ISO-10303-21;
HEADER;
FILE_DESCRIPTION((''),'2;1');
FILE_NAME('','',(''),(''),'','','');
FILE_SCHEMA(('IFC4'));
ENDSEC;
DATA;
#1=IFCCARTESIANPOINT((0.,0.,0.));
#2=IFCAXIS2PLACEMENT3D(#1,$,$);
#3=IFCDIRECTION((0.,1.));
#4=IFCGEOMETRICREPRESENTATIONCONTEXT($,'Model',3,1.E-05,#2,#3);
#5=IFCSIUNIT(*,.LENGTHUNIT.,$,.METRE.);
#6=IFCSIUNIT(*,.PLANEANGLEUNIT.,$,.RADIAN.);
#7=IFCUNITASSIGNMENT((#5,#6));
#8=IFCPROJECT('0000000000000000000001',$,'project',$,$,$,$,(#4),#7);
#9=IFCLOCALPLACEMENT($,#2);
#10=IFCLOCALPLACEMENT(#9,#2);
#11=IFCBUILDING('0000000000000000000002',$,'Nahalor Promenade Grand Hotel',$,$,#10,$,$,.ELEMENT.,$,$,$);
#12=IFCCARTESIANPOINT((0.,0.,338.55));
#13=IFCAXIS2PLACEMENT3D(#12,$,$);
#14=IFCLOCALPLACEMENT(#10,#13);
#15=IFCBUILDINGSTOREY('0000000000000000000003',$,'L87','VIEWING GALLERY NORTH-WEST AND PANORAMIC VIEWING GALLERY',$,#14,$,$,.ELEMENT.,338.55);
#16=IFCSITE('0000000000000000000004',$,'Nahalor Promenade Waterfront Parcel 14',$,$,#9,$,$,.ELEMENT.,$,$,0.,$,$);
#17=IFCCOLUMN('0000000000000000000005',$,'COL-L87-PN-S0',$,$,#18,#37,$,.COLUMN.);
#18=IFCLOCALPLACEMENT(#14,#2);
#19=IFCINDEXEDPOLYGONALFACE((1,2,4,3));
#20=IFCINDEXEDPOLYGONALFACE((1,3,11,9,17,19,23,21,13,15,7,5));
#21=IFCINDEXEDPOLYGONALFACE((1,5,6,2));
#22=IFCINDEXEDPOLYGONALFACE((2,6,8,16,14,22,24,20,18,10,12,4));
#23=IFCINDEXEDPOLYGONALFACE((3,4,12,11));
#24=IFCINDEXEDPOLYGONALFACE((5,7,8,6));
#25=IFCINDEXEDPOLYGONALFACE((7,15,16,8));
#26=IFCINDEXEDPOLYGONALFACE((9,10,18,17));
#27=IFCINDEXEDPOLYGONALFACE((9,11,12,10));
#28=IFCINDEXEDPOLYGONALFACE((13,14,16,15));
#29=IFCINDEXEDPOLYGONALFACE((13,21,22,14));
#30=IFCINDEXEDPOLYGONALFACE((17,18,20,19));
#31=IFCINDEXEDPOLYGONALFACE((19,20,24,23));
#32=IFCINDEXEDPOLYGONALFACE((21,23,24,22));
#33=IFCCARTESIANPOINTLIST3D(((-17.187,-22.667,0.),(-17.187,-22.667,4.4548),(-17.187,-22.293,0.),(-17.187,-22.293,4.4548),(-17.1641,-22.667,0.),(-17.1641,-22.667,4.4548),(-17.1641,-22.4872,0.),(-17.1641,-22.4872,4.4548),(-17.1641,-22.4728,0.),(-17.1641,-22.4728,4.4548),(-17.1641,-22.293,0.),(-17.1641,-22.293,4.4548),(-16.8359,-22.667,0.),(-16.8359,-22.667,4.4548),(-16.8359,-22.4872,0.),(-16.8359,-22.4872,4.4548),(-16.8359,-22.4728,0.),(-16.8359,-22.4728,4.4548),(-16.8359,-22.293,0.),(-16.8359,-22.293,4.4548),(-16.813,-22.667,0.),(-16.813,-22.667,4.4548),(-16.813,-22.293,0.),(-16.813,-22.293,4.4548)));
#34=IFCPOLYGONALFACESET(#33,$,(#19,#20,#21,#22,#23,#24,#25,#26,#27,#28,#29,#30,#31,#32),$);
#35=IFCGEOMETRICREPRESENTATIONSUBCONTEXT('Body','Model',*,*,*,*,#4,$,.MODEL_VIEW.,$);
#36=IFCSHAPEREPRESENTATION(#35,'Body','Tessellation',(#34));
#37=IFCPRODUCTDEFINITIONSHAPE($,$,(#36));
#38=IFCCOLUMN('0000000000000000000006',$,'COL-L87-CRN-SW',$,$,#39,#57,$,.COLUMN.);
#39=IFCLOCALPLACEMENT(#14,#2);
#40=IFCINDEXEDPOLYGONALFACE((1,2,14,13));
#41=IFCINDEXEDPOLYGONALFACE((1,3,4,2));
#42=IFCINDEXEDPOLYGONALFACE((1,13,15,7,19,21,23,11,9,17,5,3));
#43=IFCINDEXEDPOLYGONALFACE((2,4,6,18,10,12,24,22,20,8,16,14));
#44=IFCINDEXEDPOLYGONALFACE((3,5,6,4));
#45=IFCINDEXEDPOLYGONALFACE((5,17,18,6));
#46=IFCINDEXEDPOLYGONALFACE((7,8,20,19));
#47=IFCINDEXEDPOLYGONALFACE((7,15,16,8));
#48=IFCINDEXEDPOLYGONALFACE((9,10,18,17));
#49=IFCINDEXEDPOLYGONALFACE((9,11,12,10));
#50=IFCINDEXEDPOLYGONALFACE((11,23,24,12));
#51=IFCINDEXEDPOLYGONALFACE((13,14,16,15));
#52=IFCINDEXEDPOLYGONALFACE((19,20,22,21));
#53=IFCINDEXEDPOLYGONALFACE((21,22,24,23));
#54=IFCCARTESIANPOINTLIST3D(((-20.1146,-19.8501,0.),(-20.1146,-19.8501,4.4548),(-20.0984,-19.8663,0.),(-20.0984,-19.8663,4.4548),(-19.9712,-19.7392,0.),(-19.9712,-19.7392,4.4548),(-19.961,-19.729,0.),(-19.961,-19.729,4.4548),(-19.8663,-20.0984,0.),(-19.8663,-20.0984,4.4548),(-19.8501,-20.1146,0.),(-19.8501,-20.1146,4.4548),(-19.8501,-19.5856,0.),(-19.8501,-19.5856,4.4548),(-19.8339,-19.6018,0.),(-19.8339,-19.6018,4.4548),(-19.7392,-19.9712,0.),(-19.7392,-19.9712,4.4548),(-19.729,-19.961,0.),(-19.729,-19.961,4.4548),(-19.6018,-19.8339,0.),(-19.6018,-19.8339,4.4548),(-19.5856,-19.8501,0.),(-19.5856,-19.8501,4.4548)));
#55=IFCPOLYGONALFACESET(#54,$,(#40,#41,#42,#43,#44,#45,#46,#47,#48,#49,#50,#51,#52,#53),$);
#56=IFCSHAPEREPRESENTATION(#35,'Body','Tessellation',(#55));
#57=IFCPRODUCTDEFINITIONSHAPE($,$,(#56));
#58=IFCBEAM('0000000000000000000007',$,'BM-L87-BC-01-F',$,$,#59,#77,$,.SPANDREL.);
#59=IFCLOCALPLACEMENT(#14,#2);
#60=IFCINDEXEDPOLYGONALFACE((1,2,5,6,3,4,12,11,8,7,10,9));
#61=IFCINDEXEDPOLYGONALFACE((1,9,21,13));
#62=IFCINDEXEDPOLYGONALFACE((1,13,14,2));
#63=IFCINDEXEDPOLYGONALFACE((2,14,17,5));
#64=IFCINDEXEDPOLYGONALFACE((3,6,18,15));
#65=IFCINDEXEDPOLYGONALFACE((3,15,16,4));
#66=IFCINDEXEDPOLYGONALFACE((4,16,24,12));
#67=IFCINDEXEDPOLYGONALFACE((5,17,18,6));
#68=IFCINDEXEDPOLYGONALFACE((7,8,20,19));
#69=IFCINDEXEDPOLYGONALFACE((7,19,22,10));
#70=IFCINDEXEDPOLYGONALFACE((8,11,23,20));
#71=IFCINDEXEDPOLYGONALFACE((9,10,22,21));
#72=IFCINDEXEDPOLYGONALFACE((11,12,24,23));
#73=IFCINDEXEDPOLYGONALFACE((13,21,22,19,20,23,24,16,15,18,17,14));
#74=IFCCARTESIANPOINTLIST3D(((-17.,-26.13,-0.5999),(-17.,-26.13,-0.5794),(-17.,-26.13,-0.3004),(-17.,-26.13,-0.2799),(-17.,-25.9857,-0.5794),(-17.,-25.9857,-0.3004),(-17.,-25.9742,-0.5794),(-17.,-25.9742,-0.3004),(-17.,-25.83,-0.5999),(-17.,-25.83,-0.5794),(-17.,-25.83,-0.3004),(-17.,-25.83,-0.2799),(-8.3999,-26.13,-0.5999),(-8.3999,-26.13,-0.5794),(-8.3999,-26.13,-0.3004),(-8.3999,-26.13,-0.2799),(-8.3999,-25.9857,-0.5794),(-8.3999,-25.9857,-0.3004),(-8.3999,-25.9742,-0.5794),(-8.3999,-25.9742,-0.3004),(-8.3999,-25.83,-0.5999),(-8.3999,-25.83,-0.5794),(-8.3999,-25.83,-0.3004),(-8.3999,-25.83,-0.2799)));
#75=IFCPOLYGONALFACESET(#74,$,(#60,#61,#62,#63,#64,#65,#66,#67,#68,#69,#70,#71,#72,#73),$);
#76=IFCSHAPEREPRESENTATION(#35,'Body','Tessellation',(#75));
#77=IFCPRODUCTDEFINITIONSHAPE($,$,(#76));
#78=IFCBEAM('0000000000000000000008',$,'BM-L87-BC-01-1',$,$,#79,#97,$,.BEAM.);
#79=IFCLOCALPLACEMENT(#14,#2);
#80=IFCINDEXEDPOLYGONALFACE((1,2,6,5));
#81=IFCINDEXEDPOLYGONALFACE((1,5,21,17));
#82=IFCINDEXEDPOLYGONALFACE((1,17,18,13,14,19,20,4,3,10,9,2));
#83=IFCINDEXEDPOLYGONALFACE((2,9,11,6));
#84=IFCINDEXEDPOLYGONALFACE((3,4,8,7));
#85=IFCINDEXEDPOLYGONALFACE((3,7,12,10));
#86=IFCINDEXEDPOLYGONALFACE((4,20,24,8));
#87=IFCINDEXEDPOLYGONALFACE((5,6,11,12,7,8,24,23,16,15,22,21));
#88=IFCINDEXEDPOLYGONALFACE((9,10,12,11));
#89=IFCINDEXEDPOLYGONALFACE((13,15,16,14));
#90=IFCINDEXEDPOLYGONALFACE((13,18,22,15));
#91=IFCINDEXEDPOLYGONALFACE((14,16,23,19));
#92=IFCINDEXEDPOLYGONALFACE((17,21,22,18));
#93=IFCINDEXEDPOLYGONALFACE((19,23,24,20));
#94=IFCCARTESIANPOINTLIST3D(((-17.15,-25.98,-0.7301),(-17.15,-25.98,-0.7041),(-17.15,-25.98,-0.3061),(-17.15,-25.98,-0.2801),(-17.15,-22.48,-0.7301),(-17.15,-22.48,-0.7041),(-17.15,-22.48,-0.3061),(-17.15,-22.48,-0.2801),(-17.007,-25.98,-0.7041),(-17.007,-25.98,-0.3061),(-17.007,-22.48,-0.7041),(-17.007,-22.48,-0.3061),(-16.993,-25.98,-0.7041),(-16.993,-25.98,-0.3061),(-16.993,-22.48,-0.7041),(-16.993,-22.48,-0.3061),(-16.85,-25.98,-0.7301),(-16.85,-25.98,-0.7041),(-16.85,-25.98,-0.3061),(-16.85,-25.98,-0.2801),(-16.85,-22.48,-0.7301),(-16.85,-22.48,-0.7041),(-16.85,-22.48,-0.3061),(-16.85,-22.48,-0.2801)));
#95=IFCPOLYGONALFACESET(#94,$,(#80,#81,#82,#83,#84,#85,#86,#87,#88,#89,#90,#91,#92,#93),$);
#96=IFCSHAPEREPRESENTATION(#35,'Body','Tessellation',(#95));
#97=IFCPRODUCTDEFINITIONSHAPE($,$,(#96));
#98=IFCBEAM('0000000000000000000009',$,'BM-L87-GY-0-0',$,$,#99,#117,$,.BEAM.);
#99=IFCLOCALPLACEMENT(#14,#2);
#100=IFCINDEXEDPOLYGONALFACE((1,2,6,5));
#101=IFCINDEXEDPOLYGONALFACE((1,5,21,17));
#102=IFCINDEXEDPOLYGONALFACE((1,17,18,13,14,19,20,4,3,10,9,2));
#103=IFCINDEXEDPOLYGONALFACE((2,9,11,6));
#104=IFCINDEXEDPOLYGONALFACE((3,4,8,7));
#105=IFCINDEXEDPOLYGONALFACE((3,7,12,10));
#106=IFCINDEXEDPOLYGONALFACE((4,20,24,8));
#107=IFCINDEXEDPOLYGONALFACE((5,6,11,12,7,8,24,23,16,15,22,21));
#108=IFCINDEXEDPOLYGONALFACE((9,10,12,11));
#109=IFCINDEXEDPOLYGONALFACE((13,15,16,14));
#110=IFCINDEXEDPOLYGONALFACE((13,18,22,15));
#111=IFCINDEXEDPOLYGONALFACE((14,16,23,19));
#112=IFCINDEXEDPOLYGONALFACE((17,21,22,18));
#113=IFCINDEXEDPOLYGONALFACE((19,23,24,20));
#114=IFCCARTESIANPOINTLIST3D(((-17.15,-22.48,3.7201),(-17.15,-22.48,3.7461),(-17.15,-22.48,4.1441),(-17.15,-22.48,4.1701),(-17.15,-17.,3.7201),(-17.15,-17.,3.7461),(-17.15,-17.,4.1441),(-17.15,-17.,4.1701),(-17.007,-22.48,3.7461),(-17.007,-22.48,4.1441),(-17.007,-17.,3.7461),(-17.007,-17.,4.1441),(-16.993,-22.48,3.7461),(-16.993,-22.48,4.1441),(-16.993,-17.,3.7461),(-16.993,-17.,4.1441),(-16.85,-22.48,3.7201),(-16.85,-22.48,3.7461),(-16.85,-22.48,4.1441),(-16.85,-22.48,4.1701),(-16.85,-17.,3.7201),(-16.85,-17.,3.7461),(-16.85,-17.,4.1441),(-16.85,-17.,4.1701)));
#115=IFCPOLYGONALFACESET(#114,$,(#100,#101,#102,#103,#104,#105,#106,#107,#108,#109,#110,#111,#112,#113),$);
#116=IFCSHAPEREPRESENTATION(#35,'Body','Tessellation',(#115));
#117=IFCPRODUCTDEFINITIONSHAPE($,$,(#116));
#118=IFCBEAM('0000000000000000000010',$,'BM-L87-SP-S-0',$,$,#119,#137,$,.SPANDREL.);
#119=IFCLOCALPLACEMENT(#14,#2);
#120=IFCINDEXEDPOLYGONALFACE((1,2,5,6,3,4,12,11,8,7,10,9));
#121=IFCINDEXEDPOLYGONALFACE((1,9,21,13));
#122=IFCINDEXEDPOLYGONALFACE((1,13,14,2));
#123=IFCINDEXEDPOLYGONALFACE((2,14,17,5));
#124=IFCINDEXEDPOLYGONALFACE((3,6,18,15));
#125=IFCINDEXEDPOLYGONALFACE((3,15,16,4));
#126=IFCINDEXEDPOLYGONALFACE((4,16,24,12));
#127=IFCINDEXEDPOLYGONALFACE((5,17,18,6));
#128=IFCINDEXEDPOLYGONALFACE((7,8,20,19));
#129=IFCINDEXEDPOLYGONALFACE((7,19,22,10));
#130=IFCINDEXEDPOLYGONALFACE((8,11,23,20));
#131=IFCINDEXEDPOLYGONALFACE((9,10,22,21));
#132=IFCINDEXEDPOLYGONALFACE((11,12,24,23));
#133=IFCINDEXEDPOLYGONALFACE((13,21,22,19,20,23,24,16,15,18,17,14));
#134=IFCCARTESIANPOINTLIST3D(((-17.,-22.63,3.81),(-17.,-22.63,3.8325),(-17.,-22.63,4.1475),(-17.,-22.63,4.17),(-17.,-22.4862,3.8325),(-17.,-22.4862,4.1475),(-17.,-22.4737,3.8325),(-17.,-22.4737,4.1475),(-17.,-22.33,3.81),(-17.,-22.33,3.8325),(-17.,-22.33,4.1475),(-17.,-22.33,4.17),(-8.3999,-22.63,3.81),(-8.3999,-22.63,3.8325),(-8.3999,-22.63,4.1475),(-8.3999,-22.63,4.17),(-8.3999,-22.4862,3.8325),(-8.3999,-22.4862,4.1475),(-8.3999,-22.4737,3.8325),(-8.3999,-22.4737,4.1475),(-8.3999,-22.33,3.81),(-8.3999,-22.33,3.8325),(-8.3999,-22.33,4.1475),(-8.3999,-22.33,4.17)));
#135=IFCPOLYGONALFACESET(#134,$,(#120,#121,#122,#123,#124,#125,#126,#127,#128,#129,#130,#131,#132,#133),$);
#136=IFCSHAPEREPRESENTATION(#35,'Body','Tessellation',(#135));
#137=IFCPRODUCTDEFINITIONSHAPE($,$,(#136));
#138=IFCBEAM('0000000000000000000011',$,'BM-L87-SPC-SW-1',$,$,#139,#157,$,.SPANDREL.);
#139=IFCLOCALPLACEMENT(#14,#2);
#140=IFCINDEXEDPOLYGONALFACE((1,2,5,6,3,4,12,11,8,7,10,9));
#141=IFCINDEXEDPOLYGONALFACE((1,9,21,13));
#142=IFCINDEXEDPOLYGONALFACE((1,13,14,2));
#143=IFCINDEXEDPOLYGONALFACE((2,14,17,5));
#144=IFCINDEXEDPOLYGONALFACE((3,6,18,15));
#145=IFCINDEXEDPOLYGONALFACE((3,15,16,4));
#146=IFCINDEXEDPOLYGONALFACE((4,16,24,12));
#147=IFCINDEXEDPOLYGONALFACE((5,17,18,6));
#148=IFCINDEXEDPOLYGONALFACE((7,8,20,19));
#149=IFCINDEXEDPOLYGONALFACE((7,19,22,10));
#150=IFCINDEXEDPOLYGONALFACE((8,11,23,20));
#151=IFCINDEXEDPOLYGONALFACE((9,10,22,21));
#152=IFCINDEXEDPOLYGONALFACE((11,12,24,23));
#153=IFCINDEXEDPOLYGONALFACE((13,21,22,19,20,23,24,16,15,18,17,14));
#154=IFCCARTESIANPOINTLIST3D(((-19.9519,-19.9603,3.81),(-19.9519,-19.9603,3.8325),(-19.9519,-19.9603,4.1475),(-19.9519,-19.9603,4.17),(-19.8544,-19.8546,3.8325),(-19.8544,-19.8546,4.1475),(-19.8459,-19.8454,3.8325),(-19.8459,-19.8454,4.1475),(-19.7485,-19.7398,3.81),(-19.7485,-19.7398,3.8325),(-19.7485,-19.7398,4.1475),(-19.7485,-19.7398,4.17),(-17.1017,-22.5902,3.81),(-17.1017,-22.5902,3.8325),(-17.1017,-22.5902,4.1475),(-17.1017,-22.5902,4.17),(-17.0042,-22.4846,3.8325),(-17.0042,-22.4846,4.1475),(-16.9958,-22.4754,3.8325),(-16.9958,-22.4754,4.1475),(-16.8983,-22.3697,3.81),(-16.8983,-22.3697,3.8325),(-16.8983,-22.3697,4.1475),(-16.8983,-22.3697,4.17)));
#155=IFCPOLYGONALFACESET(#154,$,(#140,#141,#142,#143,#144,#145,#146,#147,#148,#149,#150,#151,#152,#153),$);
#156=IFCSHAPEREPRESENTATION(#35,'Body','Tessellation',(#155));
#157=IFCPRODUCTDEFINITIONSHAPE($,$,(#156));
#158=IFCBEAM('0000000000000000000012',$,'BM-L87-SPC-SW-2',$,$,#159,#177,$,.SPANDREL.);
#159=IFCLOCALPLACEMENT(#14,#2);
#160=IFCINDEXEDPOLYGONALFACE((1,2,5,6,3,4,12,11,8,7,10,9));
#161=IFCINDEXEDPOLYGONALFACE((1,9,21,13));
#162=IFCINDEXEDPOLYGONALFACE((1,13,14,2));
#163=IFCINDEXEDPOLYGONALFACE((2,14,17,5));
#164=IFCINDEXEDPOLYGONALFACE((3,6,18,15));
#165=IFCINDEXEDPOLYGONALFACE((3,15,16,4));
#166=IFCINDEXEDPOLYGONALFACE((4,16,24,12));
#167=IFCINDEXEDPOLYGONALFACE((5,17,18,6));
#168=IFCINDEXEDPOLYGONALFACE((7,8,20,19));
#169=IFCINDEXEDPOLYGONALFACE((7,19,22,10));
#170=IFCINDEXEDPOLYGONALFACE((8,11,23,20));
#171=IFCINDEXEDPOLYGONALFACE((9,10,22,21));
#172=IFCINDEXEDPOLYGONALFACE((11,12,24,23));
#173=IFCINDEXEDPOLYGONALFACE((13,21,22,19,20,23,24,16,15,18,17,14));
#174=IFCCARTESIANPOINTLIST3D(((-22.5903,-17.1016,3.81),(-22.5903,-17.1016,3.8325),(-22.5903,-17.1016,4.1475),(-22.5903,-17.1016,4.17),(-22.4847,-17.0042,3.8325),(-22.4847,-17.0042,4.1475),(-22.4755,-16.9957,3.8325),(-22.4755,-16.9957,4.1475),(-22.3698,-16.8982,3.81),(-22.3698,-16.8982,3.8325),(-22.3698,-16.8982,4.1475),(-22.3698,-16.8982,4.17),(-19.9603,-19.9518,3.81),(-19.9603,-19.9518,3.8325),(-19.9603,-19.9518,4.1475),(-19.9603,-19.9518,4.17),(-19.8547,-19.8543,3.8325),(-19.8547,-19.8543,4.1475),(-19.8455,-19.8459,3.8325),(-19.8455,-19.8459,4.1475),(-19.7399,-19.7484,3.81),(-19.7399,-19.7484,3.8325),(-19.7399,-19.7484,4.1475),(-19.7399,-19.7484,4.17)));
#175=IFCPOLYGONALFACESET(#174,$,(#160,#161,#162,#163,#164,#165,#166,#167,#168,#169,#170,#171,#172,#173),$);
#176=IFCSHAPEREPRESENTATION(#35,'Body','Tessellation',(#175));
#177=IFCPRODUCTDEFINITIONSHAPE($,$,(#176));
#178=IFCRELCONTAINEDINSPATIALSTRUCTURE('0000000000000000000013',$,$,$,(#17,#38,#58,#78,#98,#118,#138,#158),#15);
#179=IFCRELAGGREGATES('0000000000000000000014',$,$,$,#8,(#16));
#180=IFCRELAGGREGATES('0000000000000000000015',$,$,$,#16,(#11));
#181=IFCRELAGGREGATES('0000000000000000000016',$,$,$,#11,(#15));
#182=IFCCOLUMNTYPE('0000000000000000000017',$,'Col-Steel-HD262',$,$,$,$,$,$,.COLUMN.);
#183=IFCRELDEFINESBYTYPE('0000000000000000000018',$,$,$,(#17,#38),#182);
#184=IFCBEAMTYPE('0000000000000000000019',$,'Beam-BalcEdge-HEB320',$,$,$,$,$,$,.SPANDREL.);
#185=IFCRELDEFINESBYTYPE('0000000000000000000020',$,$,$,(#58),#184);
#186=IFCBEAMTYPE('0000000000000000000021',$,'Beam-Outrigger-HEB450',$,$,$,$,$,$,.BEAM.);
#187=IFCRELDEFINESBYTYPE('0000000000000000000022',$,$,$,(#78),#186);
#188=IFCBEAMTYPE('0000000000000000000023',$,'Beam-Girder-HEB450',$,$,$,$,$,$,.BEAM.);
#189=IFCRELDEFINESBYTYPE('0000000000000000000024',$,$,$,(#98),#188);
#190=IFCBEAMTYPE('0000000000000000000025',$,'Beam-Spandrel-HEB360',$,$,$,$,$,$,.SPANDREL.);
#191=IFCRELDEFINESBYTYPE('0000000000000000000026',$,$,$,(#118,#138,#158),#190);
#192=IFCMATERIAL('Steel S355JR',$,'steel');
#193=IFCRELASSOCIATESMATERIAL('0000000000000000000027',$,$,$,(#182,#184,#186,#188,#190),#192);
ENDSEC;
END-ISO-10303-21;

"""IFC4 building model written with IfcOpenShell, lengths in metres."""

from ifc_helpers import new_model, si_unit, direction, frame, origin, origin_2d, place, context, subcontext, project, spatial, i_section, extrude, source, transform, mapped, material, material_profile, profile_set, type_object, element, save


model = new_model("IFC4")

# Units and contexts
model_context = context("Model", 3, precision=1e-05, world=origin(), true_north=direction((0.0, 1.0)))
body_context = subcontext(model_context, "Body", "Model", "MODEL_VIEW")
ifc_project = project(units=[si_unit("LENGTHUNIT", "METRE"), si_unit("PLANEANGLEUNIT", "RADIAN")], contexts=[model_context])

# Site, building, storey
site_placement = place(None, origin())
site = spatial("IfcSite", under=ifc_project, at=site_placement, Name="Nahalor Promenade Waterfront Parcel 14", CompositionType="ELEMENT", RefElevation=0.0)
building_placement = place(site_placement, origin())
building = spatial("IfcBuilding", under=site, at=building_placement, Name="Nahalor Promenade Grand Hotel", CompositionType="ELEMENT")
storey_placement = place(building_placement, frame((0.0, 0.0, 338.55)))
storey = spatial("IfcBuildingStorey", under=building, at=storey_placement, Name="L87", Description="VIEWING GALLERY NORTH-WEST AND PANORAMIC VIEWING GALLERY", CompositionType="ELEMENT", Elevation=338.55)

# Columns
ifc_material_1 = material(Name="Steel S355JR", Category="steel")
ifc_material_profile_1 = material_profile(ifc_material_1, i_section(OverallWidth=0.374, OverallDepth=0.374, WebThickness=0.0144, FlangeThickness=0.0229, at=origin_2d()), Name="HD 360x262")
ifc_profile_set_1 = profile_set([ifc_material_profile_1], Name="Steel S355JR")
column_type = type_object("IfcColumnType", Name="Col-Steel-HD262", PredefinedType="COLUMN", material=ifc_profile_set_1)
shared_shape_1 = source(origin(), body_context, "Body", "SweptSolid", [
    extrude(i_section(OverallWidth=0.374, OverallDepth=0.374, WebThickness=0.0144, FlangeThickness=0.0229, at=origin_2d()), origin(), (0.0, 0.0, 1.0), 4.4548),
])
for number, where, z_axis, x_axis, name in (
    (1, (-17.0, -22.48, 0.0), (0.0, 0.0, 1.0), (0.0, 1.0, 0.0), "COL-L87-PN-S0"),
    (2, (-19.8501, -19.8501, 0.0), (0.0, 0.0, 1.0), (0.707107, 0.707107, 0.0), "COL-L87-CRN-SW"),
):
    element("IfcColumn", number, at=place(storey_placement, frame(where, z_axis=z_axis, x_axis=x_axis)), inside=storey, type_object=column_type, Name=name, PredefinedType="COLUMN", context=body_context, shape_type="MappedRepresentation", body=[
        mapped(shared_shape_1, transform((0.0, 0.0, 0.0), scale=1.0)),
    ])

# Beams
ifc_material_profile_2 = material_profile(ifc_material_1, i_section(OverallWidth=0.3, OverallDepth=0.32, WebThickness=0.0115, FlangeThickness=0.0205, at=origin_2d()), Name="HEB 320")
ifc_profile_set_2 = profile_set([ifc_material_profile_2], Name="Steel S355JR")
beam_type_1 = type_object("IfcBeamType", Name="Beam-BalcEdge-HEB320", PredefinedType="SPANDREL", material=ifc_profile_set_2)
shared_shape_2 = source(origin(), body_context, "Body", "SweptSolid", [
    extrude(i_section(OverallWidth=0.3, OverallDepth=0.32, WebThickness=0.0115, FlangeThickness=0.0205, at=origin_2d()), origin(), (0.0, 0.0, 1.0), 8.6001),
])
beam_1_placement = place(storey_placement, frame((-17.0, -25.98, -0.4399), z_axis=(1.0, 0.0, 0.0), x_axis=(0.0, 1.0, 0.0)))
element("IfcBeam", 3, at=beam_1_placement, inside=storey, type_object=beam_type_1, Name="BM-L87-BC-01-F", PredefinedType="SPANDREL", context=body_context, shape_type="MappedRepresentation", body=[
    mapped(shared_shape_2, transform((0.0, 0.0, 0.0), scale=1.0)),
])
ifc_material_profile_3 = material_profile(ifc_material_1, i_section(OverallWidth=0.3, OverallDepth=0.45, WebThickness=0.014, FlangeThickness=0.026, at=origin_2d()), Name="HEB 450")
ifc_profile_set_3 = profile_set([ifc_material_profile_3], Name="Steel S355JR")
beam_type_2 = type_object("IfcBeamType", Name="Beam-Outrigger-HEB450", PredefinedType="BEAM", material=ifc_profile_set_3)
shared_shape_3 = source(origin(), body_context, "Body", "SweptSolid", [
    extrude(i_section(OverallWidth=0.3, OverallDepth=0.45, WebThickness=0.014, FlangeThickness=0.026, at=origin_2d()), origin(), (0.0, 0.0, 1.0), 3.5),
])
beam_2_placement = place(storey_placement, frame((-17.0, -25.98, -0.5051), z_axis=(0.0, 1.0, 0.0), x_axis=(-1.0, 0.0, 0.0)))
element("IfcBeam", 4, at=beam_2_placement, inside=storey, type_object=beam_type_2, Name="BM-L87-BC-01-1", PredefinedType="BEAM", context=body_context, shape_type="MappedRepresentation", body=[
    mapped(shared_shape_3, transform((0.0, 0.0, 0.0), scale=1.0)),
])
ifc_material_profile_4 = material_profile(ifc_material_1, i_section(OverallWidth=0.3, OverallDepth=0.45, WebThickness=0.014, FlangeThickness=0.026, at=origin_2d()), Name="HEB 450")
ifc_profile_set_4 = profile_set([ifc_material_profile_4], Name="Steel S355JR")
beam_type_3 = type_object("IfcBeamType", Name="Beam-Girder-HEB450", PredefinedType="BEAM", material=ifc_profile_set_4)
shared_shape_4 = source(origin(), body_context, "Body", "SweptSolid", [
    extrude(i_section(OverallWidth=0.3, OverallDepth=0.45, WebThickness=0.014, FlangeThickness=0.026, at=origin_2d()), origin(), (0.0, 0.0, 1.0), 5.48),
])
beam_3_placement = place(storey_placement, frame((-17.0, -22.48, 3.9451), z_axis=(0.0, 1.0, 0.0), x_axis=(-1.0, 0.0, 0.0)))
element("IfcBeam", 5, at=beam_3_placement, inside=storey, type_object=beam_type_3, Name="BM-L87-GY-0-0", PredefinedType="BEAM", context=body_context, shape_type="MappedRepresentation", body=[
    mapped(shared_shape_4, transform((0.0, 0.0, 0.0), scale=1.0)),
])
ifc_material_profile_5 = material_profile(ifc_material_1, i_section(OverallWidth=0.3, OverallDepth=0.36, WebThickness=0.0125, FlangeThickness=0.0225, at=origin_2d()), Name="HEB 360")
ifc_profile_set_5 = profile_set([ifc_material_profile_5], Name="Steel S355JR")
beam_type_4 = type_object("IfcBeamType", Name="Beam-Spandrel-HEB360", PredefinedType="SPANDREL", material=ifc_profile_set_5)
shared_shape_5 = source(origin(), body_context, "Body", "SweptSolid", [
    extrude(i_section(OverallWidth=0.3, OverallDepth=0.36, WebThickness=0.0125, FlangeThickness=0.0225, at=origin_2d()), origin(), (0.0, 0.0, 1.0), 8.6001),
])
beam_4_placement = place(storey_placement, frame((-17.0, -22.48, 3.99), z_axis=(1.0, 0.0, 0.0), x_axis=(0.0, 1.0, 0.0)))
element("IfcBeam", 6, at=beam_4_placement, inside=storey, type_object=beam_type_4, Name="BM-L87-SP-S-0", PredefinedType="SPANDREL", context=body_context, shape_type="MappedRepresentation", body=[
    mapped(shared_shape_5, transform((0.0, 0.0, 0.0), scale=1.0)),
])
shared_shape_6 = source(origin(), body_context, "Body", "SweptSolid", [
    extrude(i_section(OverallWidth=0.3, OverallDepth=0.36, WebThickness=0.0125, FlangeThickness=0.0225, at=origin_2d()), origin(), (0.0, 0.0, 1.0), 3.8782),
])
for number, where, z_axis, x_axis, name in (
    (7, (-17.0, -22.48, 3.99), (-0.734929, 0.678144, 0.0), (-0.678144, -0.734929, 0.0), "BM-L87-SPC-SW-1"),
    (8, (-19.8501, -19.8501, 3.99), (-0.678144, 0.734929, 0.0), (-0.734929, -0.678144, 0.0), "BM-L87-SPC-SW-2"),
):
    element("IfcBeam", number, at=place(storey_placement, frame(where, z_axis=z_axis, x_axis=x_axis)), inside=storey, type_object=beam_type_4, Name=name, PredefinedType="SPANDREL", context=body_context, shape_type="MappedRepresentation", body=[
        mapped(shared_shape_6, transform((0.0, 0.0, 0.0), scale=1.0)),
    ])

save(model, "model.ifc")
